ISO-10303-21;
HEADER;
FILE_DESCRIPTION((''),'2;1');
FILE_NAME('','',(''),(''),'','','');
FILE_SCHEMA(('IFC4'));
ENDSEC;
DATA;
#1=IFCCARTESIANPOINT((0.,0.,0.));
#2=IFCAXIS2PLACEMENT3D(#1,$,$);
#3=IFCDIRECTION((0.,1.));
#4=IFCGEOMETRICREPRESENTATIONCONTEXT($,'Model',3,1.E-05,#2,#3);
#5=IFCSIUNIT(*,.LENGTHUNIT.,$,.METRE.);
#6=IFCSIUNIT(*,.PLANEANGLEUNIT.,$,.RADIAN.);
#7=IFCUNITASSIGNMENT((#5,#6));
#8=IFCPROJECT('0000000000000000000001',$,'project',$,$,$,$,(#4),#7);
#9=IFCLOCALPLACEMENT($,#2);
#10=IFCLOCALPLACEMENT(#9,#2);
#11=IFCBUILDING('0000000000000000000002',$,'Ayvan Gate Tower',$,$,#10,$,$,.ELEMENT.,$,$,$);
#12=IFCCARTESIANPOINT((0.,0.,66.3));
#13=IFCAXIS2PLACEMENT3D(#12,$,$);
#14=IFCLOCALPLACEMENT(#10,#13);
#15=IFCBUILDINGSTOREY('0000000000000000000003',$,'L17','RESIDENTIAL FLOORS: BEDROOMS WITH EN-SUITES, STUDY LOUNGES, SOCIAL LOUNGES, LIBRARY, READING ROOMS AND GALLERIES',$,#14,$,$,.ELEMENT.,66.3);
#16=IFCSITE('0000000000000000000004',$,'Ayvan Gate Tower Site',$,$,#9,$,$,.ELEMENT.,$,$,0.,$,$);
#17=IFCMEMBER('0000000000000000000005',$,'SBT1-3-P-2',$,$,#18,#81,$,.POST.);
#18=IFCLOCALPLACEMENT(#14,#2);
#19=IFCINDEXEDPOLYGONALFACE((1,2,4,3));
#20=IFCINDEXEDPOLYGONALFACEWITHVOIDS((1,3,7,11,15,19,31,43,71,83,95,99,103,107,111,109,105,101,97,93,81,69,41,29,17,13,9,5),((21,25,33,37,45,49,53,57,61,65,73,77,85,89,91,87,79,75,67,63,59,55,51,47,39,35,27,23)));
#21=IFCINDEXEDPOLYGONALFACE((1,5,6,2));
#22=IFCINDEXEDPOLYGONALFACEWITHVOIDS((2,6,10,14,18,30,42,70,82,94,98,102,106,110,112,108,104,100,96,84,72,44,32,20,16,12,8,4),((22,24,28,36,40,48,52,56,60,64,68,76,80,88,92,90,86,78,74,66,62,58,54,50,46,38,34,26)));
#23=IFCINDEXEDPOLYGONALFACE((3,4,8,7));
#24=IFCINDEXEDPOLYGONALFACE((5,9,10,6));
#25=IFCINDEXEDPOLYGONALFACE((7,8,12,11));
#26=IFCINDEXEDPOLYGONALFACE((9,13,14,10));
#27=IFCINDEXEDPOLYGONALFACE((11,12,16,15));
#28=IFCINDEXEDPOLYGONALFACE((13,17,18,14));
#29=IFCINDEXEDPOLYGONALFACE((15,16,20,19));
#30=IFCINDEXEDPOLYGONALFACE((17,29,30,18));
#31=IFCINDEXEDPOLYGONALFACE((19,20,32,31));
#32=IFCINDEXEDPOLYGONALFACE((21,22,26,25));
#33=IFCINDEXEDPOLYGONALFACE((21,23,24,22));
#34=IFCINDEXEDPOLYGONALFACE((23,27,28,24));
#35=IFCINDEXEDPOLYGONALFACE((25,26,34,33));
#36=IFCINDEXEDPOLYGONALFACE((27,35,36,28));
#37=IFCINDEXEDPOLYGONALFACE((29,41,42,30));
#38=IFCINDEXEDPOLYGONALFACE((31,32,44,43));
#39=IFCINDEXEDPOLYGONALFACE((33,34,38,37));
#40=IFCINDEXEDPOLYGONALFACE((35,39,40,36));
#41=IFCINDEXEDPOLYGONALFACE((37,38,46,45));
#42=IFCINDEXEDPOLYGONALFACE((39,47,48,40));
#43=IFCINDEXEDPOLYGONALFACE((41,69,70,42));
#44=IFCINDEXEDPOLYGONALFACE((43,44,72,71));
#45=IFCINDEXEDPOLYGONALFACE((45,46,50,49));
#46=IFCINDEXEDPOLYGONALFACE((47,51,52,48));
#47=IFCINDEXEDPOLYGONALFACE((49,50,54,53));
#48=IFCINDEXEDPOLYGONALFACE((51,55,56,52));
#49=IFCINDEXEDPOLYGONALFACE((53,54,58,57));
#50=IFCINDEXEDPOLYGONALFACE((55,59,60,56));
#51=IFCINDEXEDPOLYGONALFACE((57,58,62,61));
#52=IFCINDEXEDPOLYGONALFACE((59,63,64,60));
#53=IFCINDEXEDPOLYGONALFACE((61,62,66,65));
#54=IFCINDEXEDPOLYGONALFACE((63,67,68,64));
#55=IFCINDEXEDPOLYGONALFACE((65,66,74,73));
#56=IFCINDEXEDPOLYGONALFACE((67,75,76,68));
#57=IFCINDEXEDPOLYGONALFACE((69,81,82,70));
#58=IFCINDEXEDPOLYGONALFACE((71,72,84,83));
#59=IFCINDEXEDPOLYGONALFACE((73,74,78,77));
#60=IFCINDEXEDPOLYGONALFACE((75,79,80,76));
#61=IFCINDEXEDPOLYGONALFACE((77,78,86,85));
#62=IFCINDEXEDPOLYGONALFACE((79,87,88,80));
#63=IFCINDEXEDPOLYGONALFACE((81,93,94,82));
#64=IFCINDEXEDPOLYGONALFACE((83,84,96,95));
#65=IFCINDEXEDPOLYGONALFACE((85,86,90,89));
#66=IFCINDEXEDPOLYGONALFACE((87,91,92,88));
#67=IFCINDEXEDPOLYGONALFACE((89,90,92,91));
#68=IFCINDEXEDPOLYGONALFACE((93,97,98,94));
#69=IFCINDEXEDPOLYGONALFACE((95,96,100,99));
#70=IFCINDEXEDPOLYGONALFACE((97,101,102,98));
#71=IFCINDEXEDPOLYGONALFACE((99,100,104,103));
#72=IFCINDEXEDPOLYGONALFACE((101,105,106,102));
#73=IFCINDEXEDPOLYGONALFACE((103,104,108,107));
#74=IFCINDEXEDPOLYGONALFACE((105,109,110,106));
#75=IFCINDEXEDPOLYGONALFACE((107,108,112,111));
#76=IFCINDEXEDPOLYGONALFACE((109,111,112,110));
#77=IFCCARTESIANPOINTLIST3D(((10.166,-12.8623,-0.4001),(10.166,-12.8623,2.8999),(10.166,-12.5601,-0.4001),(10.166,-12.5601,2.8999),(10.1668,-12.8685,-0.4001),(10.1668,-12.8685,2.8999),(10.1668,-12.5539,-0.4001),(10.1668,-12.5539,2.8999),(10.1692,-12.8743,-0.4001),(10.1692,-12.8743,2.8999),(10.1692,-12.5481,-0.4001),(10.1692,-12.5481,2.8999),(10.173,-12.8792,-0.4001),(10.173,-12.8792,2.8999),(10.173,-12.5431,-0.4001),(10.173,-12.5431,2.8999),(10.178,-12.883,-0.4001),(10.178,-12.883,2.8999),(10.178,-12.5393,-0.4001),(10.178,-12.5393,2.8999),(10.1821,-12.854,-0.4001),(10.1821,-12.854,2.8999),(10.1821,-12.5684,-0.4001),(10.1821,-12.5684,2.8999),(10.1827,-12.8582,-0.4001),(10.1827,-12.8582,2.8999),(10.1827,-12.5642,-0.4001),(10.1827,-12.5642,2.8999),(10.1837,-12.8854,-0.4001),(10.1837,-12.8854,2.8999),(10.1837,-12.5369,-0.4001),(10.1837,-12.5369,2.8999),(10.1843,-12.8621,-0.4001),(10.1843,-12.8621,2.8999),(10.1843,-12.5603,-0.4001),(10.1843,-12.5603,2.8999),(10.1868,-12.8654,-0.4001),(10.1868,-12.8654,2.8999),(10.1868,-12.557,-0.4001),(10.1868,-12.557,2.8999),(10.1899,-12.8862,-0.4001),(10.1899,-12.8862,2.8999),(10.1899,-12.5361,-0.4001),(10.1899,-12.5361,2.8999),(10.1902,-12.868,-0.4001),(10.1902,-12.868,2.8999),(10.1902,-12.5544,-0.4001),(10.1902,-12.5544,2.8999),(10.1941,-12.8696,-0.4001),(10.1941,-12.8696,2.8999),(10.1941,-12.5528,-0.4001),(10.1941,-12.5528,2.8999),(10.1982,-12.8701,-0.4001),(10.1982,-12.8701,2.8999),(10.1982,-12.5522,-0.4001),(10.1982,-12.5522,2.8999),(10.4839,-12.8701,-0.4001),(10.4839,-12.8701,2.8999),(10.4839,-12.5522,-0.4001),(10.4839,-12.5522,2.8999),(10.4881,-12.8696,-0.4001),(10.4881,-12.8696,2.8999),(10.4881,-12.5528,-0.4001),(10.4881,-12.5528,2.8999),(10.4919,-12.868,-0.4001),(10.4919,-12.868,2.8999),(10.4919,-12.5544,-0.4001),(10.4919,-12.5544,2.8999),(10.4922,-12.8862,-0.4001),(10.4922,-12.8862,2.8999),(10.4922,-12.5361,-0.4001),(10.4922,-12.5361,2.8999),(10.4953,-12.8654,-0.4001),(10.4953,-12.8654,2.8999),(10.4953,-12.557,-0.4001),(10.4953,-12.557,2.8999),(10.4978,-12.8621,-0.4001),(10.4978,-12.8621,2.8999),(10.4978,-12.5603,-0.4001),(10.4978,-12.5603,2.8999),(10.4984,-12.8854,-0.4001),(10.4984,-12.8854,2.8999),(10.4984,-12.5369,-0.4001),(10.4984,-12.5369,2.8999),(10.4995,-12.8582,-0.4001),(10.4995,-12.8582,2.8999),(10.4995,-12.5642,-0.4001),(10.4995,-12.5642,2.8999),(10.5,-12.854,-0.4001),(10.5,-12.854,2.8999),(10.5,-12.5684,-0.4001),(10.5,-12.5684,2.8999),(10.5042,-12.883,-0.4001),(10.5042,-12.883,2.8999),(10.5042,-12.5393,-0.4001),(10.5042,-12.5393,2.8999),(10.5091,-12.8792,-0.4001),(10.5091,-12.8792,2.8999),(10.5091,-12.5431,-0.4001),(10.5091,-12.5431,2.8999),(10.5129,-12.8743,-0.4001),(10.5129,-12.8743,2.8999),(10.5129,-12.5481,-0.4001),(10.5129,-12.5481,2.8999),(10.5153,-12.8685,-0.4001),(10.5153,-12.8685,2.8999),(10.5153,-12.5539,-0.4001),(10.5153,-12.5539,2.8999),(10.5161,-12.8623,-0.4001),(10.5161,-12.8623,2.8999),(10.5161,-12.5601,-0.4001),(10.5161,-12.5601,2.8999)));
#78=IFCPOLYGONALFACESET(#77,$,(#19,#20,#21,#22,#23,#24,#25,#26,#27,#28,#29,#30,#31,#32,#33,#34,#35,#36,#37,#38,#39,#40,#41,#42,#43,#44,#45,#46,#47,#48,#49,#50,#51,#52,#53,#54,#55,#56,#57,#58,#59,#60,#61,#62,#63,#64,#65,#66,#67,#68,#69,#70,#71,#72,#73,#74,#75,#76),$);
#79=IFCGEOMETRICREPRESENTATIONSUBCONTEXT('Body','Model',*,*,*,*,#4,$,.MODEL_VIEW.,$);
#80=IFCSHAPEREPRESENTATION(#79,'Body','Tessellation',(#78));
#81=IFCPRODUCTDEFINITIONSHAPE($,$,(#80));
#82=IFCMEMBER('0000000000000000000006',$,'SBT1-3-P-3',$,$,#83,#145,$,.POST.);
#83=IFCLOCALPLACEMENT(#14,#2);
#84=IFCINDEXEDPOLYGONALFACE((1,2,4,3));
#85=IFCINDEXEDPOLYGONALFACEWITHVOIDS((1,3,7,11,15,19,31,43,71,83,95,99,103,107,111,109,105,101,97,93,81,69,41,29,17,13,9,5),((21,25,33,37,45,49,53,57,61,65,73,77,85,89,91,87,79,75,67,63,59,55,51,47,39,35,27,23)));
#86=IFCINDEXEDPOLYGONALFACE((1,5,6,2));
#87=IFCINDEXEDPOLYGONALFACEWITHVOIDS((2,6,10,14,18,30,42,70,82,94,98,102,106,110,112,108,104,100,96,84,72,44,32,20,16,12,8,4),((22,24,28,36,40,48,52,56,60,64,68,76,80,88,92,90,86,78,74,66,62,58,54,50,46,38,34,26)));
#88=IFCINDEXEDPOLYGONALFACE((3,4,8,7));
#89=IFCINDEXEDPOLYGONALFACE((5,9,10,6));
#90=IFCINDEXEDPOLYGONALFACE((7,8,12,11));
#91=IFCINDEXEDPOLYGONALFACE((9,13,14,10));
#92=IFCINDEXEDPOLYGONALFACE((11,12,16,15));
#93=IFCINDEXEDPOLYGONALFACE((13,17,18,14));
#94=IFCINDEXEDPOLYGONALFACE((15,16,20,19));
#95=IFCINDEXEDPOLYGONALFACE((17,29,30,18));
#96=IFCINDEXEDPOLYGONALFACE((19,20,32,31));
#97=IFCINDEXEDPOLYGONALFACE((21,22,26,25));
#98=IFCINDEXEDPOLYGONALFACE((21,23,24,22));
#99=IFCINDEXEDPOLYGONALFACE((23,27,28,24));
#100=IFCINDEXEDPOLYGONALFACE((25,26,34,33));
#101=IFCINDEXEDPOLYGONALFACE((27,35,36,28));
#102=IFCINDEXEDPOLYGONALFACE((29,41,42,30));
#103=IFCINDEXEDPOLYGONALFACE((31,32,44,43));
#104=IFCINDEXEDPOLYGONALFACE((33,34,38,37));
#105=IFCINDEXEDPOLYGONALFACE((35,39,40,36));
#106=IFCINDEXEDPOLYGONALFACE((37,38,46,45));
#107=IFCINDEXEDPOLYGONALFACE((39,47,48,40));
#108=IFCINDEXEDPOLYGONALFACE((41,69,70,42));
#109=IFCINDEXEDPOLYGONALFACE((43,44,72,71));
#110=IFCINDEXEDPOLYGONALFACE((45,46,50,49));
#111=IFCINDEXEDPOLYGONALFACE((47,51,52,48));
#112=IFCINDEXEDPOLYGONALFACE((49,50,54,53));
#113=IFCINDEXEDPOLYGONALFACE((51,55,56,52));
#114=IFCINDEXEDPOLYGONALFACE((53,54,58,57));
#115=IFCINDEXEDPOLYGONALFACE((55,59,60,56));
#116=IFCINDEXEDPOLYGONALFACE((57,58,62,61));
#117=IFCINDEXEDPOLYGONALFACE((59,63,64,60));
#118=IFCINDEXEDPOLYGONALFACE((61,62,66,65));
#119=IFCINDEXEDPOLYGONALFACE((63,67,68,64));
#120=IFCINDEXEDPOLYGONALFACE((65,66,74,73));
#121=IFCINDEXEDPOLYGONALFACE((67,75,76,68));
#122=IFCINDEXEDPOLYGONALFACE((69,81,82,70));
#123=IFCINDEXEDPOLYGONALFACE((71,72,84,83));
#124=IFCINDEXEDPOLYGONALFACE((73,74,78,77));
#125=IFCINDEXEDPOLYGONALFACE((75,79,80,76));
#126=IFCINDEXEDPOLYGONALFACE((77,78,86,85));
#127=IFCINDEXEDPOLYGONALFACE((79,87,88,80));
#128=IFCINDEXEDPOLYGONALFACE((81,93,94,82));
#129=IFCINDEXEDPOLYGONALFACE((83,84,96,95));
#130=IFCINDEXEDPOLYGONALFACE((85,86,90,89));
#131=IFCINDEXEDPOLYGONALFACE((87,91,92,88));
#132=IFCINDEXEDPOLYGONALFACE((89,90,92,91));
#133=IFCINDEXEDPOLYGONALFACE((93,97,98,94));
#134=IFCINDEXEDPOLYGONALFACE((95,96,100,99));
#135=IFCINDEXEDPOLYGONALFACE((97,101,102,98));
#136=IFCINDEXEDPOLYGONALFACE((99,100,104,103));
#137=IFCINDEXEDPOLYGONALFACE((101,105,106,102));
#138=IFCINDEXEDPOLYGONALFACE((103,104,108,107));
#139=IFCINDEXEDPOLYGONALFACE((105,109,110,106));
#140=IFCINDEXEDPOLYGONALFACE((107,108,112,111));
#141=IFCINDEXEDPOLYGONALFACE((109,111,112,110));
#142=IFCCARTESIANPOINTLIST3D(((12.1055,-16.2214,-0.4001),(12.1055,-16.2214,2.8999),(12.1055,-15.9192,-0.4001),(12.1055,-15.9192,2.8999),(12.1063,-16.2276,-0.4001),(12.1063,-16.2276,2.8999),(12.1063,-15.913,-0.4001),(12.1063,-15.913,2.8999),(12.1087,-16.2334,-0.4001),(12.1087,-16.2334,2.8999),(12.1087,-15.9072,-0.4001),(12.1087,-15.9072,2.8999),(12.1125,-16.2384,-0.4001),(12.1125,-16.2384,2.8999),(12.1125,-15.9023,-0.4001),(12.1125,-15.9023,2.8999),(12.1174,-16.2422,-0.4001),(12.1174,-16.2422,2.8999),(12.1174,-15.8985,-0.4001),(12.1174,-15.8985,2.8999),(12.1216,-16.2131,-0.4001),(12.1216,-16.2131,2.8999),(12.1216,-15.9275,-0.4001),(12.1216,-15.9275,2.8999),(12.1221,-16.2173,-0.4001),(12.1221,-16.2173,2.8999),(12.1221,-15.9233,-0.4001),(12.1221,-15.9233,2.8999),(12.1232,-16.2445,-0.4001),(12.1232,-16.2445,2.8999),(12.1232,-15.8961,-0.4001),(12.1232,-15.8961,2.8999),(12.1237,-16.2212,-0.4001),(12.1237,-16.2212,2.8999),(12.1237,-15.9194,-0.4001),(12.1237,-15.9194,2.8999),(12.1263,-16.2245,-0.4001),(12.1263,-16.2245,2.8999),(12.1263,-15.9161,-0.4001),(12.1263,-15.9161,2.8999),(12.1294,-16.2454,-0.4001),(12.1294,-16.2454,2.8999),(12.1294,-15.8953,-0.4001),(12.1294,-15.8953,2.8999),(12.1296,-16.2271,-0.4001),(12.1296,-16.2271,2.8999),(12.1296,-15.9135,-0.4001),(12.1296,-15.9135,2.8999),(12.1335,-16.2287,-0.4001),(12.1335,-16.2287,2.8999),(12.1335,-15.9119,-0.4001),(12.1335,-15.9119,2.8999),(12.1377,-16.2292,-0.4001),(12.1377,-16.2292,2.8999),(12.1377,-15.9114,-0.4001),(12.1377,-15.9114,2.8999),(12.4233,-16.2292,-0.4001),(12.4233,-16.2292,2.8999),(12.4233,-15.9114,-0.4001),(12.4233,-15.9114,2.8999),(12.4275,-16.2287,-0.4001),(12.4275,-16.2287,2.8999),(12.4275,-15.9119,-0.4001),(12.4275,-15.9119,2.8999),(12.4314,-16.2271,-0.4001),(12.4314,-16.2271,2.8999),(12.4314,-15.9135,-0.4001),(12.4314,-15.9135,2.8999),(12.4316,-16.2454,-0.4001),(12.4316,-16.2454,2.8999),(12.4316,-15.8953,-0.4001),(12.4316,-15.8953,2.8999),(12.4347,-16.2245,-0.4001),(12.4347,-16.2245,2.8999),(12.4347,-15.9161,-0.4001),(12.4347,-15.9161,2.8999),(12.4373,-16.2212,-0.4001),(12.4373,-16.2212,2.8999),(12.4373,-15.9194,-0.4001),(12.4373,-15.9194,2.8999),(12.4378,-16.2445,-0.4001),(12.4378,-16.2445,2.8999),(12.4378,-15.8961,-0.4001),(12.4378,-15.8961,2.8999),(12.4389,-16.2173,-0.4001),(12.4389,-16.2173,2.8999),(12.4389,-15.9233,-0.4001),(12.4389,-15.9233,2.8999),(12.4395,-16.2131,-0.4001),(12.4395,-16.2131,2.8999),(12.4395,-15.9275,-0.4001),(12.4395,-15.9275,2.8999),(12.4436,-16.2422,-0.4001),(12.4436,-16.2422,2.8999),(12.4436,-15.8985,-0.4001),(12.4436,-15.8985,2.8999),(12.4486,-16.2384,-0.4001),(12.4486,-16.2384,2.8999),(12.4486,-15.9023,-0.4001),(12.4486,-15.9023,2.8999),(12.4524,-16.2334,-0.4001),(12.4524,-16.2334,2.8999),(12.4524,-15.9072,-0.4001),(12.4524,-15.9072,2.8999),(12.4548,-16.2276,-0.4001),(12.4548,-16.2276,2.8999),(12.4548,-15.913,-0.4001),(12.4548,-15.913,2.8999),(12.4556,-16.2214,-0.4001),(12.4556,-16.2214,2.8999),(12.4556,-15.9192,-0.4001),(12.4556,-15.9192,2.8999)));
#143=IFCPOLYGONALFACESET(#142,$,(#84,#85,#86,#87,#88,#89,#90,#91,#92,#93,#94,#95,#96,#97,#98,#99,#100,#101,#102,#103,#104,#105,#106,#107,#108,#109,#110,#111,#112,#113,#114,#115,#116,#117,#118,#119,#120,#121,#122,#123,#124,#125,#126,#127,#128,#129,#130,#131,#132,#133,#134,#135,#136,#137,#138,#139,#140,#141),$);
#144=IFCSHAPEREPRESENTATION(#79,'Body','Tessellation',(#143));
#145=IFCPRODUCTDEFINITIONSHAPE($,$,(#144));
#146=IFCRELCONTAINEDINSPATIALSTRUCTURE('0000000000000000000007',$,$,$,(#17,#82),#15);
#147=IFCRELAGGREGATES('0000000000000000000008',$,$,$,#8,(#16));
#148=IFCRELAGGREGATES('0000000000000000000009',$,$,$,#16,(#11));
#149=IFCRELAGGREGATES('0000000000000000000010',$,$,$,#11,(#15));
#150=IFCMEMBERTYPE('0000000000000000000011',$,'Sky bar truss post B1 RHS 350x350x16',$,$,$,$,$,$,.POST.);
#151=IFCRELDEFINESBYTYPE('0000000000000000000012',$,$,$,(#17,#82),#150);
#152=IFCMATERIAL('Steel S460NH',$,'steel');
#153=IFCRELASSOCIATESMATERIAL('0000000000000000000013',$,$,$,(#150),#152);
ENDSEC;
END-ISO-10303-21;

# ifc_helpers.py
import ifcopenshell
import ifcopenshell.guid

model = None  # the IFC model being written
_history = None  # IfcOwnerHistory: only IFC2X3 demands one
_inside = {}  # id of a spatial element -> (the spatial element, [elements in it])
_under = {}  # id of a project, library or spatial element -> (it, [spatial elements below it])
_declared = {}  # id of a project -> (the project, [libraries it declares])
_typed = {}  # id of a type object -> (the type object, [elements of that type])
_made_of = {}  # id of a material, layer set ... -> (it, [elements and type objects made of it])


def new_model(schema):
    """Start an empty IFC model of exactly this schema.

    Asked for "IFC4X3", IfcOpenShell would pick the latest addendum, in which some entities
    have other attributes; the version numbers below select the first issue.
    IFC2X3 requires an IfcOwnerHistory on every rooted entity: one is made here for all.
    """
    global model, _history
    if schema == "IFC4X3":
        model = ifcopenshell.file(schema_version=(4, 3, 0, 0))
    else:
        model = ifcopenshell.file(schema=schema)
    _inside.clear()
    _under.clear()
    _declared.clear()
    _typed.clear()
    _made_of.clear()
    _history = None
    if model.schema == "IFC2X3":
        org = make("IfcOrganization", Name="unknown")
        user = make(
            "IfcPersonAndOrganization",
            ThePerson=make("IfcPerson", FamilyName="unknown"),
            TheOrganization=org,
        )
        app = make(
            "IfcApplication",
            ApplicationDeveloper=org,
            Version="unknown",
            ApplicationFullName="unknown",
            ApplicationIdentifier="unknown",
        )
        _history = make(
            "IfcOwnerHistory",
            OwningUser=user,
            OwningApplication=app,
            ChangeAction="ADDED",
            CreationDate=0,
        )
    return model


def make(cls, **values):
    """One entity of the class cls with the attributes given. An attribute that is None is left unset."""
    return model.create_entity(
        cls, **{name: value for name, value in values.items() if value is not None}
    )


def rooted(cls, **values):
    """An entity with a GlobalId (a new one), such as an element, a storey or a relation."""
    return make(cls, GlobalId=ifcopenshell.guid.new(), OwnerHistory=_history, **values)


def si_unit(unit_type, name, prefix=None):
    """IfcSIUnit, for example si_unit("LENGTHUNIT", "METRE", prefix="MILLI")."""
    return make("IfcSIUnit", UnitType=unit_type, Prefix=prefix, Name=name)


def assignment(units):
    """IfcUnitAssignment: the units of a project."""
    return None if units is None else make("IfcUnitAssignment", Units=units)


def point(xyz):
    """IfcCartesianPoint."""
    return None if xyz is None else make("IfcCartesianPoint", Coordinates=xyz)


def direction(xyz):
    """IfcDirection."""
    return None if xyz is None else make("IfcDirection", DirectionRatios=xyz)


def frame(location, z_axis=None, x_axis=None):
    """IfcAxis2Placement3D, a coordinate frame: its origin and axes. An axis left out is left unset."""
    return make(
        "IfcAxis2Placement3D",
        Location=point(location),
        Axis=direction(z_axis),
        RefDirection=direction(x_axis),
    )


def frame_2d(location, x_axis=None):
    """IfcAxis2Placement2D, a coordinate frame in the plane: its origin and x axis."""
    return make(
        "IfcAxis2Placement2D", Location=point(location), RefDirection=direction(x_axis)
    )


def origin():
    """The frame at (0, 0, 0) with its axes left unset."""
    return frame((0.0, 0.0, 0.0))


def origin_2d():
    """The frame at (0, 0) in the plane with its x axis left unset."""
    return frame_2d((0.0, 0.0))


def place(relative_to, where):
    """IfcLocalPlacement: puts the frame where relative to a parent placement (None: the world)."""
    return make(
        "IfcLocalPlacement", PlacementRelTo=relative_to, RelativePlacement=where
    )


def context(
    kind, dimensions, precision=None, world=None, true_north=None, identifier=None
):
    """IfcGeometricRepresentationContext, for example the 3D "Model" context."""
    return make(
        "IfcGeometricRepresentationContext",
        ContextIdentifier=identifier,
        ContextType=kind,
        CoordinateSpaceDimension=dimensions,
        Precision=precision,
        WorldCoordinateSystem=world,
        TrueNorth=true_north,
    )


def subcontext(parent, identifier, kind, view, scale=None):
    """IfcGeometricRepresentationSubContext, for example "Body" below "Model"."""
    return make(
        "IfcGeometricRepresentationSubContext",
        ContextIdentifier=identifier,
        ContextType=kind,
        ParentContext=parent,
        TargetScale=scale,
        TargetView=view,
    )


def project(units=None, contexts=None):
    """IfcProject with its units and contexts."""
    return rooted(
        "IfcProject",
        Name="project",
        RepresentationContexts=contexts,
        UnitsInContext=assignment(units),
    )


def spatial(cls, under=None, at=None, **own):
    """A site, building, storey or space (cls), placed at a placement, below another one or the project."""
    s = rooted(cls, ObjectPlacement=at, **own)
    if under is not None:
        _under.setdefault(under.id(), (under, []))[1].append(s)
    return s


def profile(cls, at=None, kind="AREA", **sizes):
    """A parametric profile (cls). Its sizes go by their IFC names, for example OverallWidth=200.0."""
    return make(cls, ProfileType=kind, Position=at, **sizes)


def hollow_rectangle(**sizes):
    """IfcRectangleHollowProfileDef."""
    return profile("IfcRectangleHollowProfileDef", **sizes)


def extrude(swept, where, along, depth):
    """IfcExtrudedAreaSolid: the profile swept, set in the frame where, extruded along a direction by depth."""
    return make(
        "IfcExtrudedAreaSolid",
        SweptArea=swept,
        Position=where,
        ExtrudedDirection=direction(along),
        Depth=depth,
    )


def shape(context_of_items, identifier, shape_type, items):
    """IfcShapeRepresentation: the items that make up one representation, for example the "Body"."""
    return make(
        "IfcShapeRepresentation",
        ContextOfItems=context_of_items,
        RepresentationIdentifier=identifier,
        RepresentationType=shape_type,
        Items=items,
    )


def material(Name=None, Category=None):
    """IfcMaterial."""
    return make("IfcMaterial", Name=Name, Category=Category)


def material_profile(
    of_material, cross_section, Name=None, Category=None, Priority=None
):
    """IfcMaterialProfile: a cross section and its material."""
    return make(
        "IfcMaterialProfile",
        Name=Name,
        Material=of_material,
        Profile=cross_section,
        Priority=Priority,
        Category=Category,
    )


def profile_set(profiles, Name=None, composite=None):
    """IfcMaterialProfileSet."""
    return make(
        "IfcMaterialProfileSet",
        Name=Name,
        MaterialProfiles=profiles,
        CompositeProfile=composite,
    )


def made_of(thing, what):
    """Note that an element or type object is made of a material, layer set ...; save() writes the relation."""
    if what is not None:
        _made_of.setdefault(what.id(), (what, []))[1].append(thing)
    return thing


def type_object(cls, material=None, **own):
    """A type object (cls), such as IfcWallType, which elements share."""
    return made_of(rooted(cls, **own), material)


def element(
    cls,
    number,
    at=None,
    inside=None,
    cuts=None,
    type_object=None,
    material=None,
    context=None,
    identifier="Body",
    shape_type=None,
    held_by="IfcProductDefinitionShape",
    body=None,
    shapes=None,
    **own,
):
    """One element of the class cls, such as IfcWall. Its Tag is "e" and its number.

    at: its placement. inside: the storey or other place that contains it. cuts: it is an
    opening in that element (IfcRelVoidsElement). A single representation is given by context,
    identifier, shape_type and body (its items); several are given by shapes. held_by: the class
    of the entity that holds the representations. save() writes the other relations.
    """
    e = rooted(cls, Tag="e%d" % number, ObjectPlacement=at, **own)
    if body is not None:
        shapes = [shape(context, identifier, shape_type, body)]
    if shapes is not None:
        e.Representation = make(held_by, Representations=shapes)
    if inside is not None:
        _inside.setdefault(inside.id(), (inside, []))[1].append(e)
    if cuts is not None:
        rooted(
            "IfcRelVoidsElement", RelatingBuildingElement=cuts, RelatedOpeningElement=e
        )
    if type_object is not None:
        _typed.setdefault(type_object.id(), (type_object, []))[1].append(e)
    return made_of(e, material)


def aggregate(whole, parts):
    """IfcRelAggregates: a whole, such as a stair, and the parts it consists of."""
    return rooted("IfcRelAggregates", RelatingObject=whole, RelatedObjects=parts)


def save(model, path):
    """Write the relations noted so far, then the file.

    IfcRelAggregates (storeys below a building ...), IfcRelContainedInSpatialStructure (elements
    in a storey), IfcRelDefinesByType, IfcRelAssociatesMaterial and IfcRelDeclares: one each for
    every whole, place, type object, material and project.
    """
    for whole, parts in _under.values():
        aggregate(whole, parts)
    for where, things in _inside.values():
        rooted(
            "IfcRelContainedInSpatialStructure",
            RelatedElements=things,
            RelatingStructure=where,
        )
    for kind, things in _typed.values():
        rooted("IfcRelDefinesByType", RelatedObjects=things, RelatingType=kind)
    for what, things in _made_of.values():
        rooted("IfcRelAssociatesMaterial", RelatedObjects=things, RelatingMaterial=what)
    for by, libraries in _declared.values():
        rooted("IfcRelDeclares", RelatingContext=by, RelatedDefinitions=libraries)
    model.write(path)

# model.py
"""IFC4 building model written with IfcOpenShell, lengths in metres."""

from ifc_helpers import new_model, si_unit, direction, frame, origin, origin_2d, place, context, subcontext, project, spatial, hollow_rectangle, extrude, material, material_profile, profile_set, type_object, element, save


model = new_model("IFC4")

# Units and contexts
model_context = context("Model", 3, precision=1e-05, world=origin(), true_north=direction((0.0, 1.0)))
body_context = subcontext(model_context, "Body", "Model", "MODEL_VIEW")
ifc_project = project(units=[si_unit("LENGTHUNIT", "METRE"), si_unit("PLANEANGLEUNIT", "RADIAN")], contexts=[model_context])

# Site, building, storey
site_placement = place(None, origin())
site = spatial("IfcSite", under=ifc_project, at=site_placement, Name="Ayvan Gate Tower Site", CompositionType="ELEMENT", RefElevation=0.0)
building_placement = place(site_placement, origin())
building = spatial("IfcBuilding", under=site, at=building_placement, Name="Ayvan Gate Tower", CompositionType="ELEMENT")
storey_placement = place(building_placement, frame((0.0, 0.0, 66.3)))
storey = spatial("IfcBuildingStorey", under=building, at=storey_placement, Name="L17", Description="RESIDENTIAL FLOORS: BEDROOMS WITH EN-SUITES, STUDY LOUNGES, SOCIAL LOUNGES, LIBRARY, READING ROOMS AND GALLERIES", CompositionType="ELEMENT", Elevation=66.3)

# Members
ifc_material_1 = material(Name="Steel S460NH", Category="steel")
ifc_material_profile_1 = material_profile(ifc_material_1, hollow_rectangle(XDim=0.3501, YDim=0.3501, WallThickness=0.0161, InnerFilletRadius=0.0161, OuterFilletRadius=0.0239, at=origin_2d()), Name="RHS 350x350x16")
ifc_profile_set_1 = profile_set([ifc_material_profile_1], Name="Steel S460NH")
member_type_1 = type_object("IfcMemberType", Name="Sky bar truss post B1 RHS 350x350x16", PredefinedType="POST", material=ifc_profile_set_1)
for number, where, z_axis, x_axis, name in (
    (1, (10.3411, -12.7112, -0.4001), (0.0, 0.0, 1.0), (1.0, 0.0, 0.0), "SBT1-3-P-2"),
    (2, (12.2805, -16.0703, -0.4001), (0.0, 0.0, 1.0), (1.0, 0.0, 0.0), "SBT1-3-P-3"),
):
    element("IfcMember", number, at=place(storey_placement, frame(where, z_axis=z_axis, x_axis=x_axis)), inside=storey, type_object=member_type_1, Name=name, PredefinedType="POST", context=body_context, shape_type="SweptSolid", body=[
        extrude(hollow_rectangle(XDim=0.3501, YDim=0.3501, WallThickness=0.0161, InnerFilletRadius=0.0161, OuterFilletRadius=0.0239, at=origin_2d()), origin(), (0.0, 0.0, 1.0), 3.3),
    ])

save(model, "model.ifc")
